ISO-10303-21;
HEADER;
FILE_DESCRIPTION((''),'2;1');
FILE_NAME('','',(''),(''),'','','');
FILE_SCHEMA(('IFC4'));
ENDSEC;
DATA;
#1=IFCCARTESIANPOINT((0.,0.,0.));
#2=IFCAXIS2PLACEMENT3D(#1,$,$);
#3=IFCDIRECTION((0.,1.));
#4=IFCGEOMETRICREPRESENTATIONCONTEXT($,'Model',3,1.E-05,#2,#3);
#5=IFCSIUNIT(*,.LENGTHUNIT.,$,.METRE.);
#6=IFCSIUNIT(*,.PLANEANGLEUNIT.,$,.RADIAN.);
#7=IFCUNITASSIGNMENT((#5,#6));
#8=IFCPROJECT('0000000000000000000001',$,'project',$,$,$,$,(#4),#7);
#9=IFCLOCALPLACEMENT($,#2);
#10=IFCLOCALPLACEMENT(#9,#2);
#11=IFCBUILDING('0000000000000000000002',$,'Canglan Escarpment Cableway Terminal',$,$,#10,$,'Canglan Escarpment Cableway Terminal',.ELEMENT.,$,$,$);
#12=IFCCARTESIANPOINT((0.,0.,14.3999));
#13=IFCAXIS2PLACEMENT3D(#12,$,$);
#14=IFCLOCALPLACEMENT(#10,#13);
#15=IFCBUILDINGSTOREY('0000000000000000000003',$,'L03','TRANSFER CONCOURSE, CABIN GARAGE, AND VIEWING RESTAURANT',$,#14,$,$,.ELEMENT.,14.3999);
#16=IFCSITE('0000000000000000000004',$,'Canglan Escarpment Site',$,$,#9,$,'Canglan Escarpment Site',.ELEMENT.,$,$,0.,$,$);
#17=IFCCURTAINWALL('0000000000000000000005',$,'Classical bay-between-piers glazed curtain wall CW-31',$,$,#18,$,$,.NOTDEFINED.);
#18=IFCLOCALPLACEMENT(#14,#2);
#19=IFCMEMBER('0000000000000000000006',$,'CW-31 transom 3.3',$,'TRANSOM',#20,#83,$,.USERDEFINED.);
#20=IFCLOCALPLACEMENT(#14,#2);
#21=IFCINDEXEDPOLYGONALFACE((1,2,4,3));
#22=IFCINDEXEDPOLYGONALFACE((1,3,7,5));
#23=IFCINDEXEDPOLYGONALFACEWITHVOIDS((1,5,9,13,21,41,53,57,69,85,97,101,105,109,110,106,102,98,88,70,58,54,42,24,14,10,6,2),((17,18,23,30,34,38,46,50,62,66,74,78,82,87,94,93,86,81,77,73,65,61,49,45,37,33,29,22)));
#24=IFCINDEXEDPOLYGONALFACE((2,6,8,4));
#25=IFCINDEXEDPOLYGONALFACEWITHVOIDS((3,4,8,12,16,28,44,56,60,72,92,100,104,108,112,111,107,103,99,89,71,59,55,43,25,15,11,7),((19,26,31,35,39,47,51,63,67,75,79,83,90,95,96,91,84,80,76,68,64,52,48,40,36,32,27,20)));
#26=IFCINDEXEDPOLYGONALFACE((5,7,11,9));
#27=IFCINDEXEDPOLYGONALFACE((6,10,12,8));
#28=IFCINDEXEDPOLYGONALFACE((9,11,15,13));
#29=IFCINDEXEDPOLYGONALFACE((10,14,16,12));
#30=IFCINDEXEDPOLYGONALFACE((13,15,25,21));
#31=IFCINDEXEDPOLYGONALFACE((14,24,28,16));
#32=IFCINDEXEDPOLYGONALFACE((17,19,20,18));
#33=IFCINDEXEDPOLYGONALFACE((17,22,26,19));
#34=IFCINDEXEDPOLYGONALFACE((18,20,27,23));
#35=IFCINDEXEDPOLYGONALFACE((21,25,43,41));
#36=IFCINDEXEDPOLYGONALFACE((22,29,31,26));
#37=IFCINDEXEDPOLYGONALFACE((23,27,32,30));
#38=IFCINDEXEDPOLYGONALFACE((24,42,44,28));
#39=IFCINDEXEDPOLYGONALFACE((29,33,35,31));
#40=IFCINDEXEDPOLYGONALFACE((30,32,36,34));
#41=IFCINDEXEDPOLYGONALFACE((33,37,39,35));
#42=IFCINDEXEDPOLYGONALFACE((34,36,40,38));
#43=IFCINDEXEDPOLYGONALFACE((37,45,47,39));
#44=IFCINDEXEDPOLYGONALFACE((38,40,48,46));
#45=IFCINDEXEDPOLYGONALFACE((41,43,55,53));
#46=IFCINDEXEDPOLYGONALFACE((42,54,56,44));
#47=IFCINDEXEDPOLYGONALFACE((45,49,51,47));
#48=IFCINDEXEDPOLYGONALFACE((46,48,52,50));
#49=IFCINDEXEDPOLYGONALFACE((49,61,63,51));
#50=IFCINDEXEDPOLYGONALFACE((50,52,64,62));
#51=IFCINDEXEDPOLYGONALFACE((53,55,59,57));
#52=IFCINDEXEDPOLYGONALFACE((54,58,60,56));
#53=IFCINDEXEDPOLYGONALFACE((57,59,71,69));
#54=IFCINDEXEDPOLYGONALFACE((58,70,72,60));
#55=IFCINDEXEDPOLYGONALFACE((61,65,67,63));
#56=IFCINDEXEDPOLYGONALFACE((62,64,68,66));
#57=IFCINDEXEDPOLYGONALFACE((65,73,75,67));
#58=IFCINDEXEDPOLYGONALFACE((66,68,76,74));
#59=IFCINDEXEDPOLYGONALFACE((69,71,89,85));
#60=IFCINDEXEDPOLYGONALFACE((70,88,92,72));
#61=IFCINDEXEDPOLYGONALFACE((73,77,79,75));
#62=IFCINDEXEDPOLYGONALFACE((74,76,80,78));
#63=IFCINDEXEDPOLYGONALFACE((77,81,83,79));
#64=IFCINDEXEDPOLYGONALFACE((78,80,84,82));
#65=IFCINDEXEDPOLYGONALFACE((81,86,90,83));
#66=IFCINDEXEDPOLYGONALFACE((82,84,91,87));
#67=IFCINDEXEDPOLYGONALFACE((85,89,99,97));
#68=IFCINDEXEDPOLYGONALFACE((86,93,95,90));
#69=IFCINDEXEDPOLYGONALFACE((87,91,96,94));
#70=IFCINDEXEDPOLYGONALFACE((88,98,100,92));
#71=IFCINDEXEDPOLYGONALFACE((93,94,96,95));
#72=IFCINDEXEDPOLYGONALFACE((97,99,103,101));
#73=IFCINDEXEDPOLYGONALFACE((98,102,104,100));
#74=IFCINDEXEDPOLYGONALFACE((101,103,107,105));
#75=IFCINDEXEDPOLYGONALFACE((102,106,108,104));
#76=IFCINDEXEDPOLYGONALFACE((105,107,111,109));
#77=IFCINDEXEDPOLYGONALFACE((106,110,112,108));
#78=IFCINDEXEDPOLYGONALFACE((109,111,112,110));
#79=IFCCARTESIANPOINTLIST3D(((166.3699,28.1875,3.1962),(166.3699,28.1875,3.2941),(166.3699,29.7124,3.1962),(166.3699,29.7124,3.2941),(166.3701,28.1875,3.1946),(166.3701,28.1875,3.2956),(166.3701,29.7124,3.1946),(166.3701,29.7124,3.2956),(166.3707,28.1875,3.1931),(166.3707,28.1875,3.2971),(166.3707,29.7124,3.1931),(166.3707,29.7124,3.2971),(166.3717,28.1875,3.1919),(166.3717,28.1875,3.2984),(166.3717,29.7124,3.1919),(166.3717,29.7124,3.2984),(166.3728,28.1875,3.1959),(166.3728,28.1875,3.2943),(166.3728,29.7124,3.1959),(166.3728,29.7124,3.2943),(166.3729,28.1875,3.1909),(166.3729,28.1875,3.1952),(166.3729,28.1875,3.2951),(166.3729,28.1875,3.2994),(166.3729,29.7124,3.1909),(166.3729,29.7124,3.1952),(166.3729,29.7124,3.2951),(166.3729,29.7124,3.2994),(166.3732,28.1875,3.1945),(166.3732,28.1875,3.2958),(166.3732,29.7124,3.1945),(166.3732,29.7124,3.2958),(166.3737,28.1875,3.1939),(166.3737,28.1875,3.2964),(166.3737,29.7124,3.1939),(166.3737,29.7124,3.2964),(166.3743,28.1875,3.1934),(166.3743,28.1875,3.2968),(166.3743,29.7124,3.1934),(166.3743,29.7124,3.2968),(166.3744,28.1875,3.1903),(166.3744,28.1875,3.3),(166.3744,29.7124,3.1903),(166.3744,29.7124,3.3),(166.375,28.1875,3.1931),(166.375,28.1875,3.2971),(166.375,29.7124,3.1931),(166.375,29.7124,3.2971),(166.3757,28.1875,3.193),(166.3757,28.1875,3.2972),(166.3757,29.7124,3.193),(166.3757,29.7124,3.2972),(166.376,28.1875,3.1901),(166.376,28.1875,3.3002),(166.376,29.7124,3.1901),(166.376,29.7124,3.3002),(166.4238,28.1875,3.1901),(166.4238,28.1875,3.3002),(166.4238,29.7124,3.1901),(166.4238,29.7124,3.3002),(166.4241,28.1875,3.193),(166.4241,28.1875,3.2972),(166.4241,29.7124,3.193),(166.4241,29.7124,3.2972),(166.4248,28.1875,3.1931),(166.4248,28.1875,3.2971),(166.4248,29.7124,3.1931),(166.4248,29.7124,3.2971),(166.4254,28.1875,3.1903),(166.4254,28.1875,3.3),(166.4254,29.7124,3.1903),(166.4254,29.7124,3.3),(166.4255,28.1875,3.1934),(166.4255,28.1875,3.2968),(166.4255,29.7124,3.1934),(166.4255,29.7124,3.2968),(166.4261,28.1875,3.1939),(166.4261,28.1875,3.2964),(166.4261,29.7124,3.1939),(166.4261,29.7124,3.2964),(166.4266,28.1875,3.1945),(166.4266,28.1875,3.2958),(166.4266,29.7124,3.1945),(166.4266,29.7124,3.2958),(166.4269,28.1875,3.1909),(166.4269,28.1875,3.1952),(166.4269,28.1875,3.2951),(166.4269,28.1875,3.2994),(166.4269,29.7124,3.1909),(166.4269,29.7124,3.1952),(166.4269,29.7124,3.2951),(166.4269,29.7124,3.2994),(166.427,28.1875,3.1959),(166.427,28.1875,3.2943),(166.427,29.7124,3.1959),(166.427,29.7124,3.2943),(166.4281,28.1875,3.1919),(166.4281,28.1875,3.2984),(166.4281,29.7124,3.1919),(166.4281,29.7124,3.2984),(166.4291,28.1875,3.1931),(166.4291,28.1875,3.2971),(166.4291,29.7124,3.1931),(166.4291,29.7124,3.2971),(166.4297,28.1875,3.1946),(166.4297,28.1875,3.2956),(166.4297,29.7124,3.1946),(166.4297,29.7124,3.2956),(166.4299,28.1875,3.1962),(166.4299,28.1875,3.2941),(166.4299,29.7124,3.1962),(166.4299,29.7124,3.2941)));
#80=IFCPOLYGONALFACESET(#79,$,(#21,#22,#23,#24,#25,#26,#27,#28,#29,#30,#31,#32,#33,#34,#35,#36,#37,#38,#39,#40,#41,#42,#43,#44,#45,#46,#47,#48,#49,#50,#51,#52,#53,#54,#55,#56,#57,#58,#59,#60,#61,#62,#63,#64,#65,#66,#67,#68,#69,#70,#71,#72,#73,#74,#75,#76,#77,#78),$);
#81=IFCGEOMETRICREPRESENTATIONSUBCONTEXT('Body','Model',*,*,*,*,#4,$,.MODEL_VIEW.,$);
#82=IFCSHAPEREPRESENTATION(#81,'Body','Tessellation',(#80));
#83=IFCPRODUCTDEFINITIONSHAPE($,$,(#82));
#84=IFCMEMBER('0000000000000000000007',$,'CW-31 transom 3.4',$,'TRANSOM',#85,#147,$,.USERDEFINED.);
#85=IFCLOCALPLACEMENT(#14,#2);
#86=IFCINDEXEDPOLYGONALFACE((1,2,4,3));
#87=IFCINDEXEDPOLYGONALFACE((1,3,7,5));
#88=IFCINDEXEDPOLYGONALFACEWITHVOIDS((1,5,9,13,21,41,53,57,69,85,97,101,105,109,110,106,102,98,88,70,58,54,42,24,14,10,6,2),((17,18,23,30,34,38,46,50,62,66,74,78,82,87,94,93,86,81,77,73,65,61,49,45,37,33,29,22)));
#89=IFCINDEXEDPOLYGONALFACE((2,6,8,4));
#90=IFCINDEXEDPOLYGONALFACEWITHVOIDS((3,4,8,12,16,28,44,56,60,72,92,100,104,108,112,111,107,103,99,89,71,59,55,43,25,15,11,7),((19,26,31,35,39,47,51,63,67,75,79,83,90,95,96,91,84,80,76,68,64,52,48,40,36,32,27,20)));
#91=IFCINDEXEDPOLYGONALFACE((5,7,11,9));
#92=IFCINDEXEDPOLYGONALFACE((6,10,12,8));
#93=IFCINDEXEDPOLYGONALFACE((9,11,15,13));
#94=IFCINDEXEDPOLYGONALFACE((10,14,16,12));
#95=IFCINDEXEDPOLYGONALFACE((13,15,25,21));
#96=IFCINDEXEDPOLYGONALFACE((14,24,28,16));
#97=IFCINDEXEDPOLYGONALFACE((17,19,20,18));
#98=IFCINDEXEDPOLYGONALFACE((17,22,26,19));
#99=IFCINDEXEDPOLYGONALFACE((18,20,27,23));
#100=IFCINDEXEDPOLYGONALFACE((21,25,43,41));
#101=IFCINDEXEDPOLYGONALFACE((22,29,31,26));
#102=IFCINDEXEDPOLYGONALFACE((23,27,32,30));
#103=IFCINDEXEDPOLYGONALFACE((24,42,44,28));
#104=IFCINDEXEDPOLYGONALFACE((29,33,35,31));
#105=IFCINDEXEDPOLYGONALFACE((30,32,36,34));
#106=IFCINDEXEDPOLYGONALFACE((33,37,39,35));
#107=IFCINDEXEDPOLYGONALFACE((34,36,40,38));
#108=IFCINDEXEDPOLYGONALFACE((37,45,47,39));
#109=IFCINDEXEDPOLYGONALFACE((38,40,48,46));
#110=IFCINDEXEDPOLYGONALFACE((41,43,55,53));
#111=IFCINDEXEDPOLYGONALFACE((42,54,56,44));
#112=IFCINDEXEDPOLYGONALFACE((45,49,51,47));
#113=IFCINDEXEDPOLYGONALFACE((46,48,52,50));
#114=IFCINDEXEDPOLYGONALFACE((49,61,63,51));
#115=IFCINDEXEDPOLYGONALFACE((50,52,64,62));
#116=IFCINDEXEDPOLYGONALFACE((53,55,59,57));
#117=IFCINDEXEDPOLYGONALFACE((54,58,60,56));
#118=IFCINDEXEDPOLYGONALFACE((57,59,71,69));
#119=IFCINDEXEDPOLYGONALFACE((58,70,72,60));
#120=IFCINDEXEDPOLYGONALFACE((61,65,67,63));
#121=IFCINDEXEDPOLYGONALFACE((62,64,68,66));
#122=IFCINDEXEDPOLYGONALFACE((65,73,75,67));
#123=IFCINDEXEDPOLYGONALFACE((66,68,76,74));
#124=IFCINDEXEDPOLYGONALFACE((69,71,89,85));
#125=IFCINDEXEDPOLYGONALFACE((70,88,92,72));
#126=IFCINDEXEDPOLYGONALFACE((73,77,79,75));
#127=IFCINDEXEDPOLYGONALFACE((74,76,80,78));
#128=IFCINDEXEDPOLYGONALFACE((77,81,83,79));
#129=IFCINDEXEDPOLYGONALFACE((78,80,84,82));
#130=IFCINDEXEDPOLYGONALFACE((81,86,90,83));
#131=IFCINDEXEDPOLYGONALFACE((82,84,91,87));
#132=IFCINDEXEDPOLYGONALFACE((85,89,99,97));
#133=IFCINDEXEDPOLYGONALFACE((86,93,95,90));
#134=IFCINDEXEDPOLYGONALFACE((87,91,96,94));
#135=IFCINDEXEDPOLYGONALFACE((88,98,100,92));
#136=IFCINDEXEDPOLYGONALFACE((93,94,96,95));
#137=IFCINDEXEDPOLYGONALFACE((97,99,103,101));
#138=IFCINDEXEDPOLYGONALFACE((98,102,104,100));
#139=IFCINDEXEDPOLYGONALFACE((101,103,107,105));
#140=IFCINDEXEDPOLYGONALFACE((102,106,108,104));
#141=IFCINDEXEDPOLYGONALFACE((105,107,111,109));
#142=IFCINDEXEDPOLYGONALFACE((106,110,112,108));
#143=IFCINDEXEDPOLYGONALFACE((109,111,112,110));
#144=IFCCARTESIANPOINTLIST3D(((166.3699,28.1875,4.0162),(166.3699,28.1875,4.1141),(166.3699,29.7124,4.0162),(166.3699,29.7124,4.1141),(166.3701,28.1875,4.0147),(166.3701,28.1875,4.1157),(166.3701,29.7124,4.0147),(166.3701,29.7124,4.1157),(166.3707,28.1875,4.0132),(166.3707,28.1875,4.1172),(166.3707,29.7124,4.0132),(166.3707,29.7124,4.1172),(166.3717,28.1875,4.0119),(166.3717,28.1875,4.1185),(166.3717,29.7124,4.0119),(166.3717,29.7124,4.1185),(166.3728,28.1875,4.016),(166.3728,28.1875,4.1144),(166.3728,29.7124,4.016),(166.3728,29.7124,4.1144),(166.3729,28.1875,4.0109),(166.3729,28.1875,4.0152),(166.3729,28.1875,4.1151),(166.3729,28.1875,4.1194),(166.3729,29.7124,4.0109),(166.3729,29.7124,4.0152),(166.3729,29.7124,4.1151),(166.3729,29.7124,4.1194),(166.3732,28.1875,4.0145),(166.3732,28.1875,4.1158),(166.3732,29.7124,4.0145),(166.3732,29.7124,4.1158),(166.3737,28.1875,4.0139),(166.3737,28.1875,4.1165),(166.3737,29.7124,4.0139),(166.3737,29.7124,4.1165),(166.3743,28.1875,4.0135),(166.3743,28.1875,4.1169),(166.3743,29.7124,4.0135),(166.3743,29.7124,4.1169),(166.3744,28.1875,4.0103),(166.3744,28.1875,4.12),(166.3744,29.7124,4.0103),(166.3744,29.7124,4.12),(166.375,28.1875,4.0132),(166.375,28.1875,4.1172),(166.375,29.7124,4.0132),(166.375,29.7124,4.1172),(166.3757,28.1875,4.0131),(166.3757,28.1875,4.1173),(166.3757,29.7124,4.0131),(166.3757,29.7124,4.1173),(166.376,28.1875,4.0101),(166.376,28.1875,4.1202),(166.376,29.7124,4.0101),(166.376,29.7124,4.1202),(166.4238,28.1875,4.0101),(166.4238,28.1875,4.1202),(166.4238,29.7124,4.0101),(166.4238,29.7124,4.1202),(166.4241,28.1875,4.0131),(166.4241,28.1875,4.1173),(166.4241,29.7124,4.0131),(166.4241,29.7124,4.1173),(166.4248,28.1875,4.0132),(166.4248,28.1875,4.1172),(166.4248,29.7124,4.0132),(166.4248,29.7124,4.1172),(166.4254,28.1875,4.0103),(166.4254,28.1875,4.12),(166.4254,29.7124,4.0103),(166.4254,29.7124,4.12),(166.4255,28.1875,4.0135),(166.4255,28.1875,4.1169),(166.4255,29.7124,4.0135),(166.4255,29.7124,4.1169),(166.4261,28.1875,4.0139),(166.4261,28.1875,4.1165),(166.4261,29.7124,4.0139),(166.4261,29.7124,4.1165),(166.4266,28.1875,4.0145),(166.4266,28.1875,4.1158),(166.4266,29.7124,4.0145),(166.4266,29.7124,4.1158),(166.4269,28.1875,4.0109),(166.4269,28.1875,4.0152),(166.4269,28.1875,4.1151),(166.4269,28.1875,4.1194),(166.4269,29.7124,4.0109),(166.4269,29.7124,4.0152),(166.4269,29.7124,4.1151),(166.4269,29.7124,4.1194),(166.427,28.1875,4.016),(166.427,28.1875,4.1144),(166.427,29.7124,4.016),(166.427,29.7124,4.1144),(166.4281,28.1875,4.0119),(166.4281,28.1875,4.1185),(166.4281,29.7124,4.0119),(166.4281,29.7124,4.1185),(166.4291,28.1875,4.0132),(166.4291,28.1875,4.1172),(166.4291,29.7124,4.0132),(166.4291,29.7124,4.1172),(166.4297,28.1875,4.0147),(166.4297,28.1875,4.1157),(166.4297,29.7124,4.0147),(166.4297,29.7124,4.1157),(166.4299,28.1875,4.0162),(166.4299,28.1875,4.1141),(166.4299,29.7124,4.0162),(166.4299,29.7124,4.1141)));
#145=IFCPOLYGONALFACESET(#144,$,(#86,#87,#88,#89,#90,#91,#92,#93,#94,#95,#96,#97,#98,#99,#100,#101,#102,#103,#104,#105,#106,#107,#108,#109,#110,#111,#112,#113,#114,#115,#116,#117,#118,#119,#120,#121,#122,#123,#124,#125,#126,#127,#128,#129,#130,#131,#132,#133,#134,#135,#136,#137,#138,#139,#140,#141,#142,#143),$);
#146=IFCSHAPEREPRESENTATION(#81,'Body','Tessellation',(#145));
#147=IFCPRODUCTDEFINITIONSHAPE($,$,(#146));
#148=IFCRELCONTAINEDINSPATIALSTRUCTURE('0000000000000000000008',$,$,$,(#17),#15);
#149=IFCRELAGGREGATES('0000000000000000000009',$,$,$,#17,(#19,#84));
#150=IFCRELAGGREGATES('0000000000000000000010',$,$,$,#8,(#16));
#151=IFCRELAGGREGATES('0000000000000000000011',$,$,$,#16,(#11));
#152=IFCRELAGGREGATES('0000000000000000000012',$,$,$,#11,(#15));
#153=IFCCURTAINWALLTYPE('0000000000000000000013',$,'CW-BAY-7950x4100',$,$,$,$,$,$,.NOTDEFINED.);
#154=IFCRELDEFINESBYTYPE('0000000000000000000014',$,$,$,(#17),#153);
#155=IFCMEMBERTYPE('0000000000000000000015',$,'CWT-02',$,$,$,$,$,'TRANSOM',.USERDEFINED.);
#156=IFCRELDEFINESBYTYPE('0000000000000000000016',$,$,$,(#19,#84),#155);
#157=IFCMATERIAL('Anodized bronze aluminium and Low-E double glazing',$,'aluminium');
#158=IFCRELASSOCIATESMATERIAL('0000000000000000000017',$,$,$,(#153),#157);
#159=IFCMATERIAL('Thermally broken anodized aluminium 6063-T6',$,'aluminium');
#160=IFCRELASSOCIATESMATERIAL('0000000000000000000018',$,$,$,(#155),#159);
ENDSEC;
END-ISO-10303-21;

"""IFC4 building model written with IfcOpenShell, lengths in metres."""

from ifc_helpers import new_model, si_unit, direction, frame, origin, origin_2d, place, context, subcontext, project, spatial, hollow_rectangle, extrude, material, material_profile, profile_set, type_object, element, aggregate, save


model = new_model("IFC4")

# Units and contexts
model_context = context("Model", 3, precision=1e-05, world=origin(), true_north=direction((0.0, 1.0)))
body_context = subcontext(model_context, "Body", "Model", "MODEL_VIEW")
ifc_project = project(units=[si_unit("LENGTHUNIT", "METRE"), si_unit("PLANEANGLEUNIT", "RADIAN")], contexts=[model_context])

# Site, building, storey
site_placement = place(None, origin())
site = spatial("IfcSite", under=ifc_project, at=site_placement, Name="Canglan Escarpment Site", LongName="Canglan Escarpment Site", CompositionType="ELEMENT", RefElevation=0.0)
building_placement = place(site_placement, origin())
building = spatial("IfcBuilding", under=site, at=building_placement, Name="Canglan Escarpment Cableway Terminal", LongName="Canglan Escarpment Cableway Terminal", CompositionType="ELEMENT")
storey_placement = place(building_placement, frame((0.0, 0.0, 14.3999)))
storey = spatial("IfcBuildingStorey", under=building, at=storey_placement, Name="L03", Description="TRANSFER CONCOURSE, CABIN GARAGE, AND VIEWING RESTAURANT", CompositionType="ELEMENT", Elevation=14.3999)

# Curtain wall, members
ifc_material_1 = material(Name="Anodized bronze aluminium and Low-E double glazing", Category="aluminium")
curtain_wall_type = type_object("IfcCurtainWallType", Name="CW-BAY-7950x4100", PredefinedType="NOTDEFINED", material=ifc_material_1)
curtain_wall_placement = place(storey_placement, origin())
curtain_wall = element("IfcCurtainWall", 1, at=curtain_wall_placement, inside=storey, type_object=curtain_wall_type, Name="Classical bay-between-piers glazed curtain wall CW-31", PredefinedType="NOTDEFINED")
ifc_material_2 = material(Name="Thermally broken anodized aluminium 6063-T6", Category="aluminium")
ifc_material_profile_1 = material_profile(ifc_material_2, hollow_rectangle(XDim=0.0601, YDim=0.1101, WallThickness=0.0029, InnerFilletRadius=0.0029, OuterFilletRadius=0.0061, at=origin_2d()), Name="ALU-TRAN 60x110x3")
ifc_profile_set_1 = profile_set([ifc_material_profile_1], Name="Thermally broken anodized aluminium 6063-T6")
member_type_1 = type_object("IfcMemberType", Name="CWT-02", ElementType="TRANSOM", PredefinedType="USERDEFINED", material=ifc_profile_set_1)
member_1_placement = place(storey_placement, frame((166.3999, 28.1875, 3.2451), z_axis=(0.0, 1.0, 0.0), x_axis=(-1.0, 0.0, 0.0)))
member_1 = element("IfcMember", 2, at=member_1_placement, type_object=member_type_1, Name="CW-31 transom 3.3", ObjectType="TRANSOM", PredefinedType="USERDEFINED", context=body_context, shape_type="SweptSolid", body=[
    extrude(hollow_rectangle(XDim=0.0601, YDim=0.1101, WallThickness=0.0029, InnerFilletRadius=0.0029, OuterFilletRadius=0.0061, at=origin_2d()), origin(), (0.0, 0.0, 1.0), 1.5249),
])
member_2_placement = place(storey_placement, frame((166.3999, 28.1875, 4.0652), z_axis=(0.0, 1.0, 0.0), x_axis=(-1.0, 0.0, 0.0)))
member_2 = element("IfcMember", 3, at=member_2_placement, type_object=member_type_1, Name="CW-31 transom 3.4", ObjectType="TRANSOM", PredefinedType="USERDEFINED", context=body_context, shape_type="SweptSolid", body=[
    extrude(hollow_rectangle(XDim=0.0601, YDim=0.1101, WallThickness=0.0029, InnerFilletRadius=0.0029, OuterFilletRadius=0.0061, at=origin_2d()), origin(), (0.0, 0.0, 1.0), 1.5249),
])

aggregate(curtain_wall, [member_1, member_2])

save(model, "model.ifc")
